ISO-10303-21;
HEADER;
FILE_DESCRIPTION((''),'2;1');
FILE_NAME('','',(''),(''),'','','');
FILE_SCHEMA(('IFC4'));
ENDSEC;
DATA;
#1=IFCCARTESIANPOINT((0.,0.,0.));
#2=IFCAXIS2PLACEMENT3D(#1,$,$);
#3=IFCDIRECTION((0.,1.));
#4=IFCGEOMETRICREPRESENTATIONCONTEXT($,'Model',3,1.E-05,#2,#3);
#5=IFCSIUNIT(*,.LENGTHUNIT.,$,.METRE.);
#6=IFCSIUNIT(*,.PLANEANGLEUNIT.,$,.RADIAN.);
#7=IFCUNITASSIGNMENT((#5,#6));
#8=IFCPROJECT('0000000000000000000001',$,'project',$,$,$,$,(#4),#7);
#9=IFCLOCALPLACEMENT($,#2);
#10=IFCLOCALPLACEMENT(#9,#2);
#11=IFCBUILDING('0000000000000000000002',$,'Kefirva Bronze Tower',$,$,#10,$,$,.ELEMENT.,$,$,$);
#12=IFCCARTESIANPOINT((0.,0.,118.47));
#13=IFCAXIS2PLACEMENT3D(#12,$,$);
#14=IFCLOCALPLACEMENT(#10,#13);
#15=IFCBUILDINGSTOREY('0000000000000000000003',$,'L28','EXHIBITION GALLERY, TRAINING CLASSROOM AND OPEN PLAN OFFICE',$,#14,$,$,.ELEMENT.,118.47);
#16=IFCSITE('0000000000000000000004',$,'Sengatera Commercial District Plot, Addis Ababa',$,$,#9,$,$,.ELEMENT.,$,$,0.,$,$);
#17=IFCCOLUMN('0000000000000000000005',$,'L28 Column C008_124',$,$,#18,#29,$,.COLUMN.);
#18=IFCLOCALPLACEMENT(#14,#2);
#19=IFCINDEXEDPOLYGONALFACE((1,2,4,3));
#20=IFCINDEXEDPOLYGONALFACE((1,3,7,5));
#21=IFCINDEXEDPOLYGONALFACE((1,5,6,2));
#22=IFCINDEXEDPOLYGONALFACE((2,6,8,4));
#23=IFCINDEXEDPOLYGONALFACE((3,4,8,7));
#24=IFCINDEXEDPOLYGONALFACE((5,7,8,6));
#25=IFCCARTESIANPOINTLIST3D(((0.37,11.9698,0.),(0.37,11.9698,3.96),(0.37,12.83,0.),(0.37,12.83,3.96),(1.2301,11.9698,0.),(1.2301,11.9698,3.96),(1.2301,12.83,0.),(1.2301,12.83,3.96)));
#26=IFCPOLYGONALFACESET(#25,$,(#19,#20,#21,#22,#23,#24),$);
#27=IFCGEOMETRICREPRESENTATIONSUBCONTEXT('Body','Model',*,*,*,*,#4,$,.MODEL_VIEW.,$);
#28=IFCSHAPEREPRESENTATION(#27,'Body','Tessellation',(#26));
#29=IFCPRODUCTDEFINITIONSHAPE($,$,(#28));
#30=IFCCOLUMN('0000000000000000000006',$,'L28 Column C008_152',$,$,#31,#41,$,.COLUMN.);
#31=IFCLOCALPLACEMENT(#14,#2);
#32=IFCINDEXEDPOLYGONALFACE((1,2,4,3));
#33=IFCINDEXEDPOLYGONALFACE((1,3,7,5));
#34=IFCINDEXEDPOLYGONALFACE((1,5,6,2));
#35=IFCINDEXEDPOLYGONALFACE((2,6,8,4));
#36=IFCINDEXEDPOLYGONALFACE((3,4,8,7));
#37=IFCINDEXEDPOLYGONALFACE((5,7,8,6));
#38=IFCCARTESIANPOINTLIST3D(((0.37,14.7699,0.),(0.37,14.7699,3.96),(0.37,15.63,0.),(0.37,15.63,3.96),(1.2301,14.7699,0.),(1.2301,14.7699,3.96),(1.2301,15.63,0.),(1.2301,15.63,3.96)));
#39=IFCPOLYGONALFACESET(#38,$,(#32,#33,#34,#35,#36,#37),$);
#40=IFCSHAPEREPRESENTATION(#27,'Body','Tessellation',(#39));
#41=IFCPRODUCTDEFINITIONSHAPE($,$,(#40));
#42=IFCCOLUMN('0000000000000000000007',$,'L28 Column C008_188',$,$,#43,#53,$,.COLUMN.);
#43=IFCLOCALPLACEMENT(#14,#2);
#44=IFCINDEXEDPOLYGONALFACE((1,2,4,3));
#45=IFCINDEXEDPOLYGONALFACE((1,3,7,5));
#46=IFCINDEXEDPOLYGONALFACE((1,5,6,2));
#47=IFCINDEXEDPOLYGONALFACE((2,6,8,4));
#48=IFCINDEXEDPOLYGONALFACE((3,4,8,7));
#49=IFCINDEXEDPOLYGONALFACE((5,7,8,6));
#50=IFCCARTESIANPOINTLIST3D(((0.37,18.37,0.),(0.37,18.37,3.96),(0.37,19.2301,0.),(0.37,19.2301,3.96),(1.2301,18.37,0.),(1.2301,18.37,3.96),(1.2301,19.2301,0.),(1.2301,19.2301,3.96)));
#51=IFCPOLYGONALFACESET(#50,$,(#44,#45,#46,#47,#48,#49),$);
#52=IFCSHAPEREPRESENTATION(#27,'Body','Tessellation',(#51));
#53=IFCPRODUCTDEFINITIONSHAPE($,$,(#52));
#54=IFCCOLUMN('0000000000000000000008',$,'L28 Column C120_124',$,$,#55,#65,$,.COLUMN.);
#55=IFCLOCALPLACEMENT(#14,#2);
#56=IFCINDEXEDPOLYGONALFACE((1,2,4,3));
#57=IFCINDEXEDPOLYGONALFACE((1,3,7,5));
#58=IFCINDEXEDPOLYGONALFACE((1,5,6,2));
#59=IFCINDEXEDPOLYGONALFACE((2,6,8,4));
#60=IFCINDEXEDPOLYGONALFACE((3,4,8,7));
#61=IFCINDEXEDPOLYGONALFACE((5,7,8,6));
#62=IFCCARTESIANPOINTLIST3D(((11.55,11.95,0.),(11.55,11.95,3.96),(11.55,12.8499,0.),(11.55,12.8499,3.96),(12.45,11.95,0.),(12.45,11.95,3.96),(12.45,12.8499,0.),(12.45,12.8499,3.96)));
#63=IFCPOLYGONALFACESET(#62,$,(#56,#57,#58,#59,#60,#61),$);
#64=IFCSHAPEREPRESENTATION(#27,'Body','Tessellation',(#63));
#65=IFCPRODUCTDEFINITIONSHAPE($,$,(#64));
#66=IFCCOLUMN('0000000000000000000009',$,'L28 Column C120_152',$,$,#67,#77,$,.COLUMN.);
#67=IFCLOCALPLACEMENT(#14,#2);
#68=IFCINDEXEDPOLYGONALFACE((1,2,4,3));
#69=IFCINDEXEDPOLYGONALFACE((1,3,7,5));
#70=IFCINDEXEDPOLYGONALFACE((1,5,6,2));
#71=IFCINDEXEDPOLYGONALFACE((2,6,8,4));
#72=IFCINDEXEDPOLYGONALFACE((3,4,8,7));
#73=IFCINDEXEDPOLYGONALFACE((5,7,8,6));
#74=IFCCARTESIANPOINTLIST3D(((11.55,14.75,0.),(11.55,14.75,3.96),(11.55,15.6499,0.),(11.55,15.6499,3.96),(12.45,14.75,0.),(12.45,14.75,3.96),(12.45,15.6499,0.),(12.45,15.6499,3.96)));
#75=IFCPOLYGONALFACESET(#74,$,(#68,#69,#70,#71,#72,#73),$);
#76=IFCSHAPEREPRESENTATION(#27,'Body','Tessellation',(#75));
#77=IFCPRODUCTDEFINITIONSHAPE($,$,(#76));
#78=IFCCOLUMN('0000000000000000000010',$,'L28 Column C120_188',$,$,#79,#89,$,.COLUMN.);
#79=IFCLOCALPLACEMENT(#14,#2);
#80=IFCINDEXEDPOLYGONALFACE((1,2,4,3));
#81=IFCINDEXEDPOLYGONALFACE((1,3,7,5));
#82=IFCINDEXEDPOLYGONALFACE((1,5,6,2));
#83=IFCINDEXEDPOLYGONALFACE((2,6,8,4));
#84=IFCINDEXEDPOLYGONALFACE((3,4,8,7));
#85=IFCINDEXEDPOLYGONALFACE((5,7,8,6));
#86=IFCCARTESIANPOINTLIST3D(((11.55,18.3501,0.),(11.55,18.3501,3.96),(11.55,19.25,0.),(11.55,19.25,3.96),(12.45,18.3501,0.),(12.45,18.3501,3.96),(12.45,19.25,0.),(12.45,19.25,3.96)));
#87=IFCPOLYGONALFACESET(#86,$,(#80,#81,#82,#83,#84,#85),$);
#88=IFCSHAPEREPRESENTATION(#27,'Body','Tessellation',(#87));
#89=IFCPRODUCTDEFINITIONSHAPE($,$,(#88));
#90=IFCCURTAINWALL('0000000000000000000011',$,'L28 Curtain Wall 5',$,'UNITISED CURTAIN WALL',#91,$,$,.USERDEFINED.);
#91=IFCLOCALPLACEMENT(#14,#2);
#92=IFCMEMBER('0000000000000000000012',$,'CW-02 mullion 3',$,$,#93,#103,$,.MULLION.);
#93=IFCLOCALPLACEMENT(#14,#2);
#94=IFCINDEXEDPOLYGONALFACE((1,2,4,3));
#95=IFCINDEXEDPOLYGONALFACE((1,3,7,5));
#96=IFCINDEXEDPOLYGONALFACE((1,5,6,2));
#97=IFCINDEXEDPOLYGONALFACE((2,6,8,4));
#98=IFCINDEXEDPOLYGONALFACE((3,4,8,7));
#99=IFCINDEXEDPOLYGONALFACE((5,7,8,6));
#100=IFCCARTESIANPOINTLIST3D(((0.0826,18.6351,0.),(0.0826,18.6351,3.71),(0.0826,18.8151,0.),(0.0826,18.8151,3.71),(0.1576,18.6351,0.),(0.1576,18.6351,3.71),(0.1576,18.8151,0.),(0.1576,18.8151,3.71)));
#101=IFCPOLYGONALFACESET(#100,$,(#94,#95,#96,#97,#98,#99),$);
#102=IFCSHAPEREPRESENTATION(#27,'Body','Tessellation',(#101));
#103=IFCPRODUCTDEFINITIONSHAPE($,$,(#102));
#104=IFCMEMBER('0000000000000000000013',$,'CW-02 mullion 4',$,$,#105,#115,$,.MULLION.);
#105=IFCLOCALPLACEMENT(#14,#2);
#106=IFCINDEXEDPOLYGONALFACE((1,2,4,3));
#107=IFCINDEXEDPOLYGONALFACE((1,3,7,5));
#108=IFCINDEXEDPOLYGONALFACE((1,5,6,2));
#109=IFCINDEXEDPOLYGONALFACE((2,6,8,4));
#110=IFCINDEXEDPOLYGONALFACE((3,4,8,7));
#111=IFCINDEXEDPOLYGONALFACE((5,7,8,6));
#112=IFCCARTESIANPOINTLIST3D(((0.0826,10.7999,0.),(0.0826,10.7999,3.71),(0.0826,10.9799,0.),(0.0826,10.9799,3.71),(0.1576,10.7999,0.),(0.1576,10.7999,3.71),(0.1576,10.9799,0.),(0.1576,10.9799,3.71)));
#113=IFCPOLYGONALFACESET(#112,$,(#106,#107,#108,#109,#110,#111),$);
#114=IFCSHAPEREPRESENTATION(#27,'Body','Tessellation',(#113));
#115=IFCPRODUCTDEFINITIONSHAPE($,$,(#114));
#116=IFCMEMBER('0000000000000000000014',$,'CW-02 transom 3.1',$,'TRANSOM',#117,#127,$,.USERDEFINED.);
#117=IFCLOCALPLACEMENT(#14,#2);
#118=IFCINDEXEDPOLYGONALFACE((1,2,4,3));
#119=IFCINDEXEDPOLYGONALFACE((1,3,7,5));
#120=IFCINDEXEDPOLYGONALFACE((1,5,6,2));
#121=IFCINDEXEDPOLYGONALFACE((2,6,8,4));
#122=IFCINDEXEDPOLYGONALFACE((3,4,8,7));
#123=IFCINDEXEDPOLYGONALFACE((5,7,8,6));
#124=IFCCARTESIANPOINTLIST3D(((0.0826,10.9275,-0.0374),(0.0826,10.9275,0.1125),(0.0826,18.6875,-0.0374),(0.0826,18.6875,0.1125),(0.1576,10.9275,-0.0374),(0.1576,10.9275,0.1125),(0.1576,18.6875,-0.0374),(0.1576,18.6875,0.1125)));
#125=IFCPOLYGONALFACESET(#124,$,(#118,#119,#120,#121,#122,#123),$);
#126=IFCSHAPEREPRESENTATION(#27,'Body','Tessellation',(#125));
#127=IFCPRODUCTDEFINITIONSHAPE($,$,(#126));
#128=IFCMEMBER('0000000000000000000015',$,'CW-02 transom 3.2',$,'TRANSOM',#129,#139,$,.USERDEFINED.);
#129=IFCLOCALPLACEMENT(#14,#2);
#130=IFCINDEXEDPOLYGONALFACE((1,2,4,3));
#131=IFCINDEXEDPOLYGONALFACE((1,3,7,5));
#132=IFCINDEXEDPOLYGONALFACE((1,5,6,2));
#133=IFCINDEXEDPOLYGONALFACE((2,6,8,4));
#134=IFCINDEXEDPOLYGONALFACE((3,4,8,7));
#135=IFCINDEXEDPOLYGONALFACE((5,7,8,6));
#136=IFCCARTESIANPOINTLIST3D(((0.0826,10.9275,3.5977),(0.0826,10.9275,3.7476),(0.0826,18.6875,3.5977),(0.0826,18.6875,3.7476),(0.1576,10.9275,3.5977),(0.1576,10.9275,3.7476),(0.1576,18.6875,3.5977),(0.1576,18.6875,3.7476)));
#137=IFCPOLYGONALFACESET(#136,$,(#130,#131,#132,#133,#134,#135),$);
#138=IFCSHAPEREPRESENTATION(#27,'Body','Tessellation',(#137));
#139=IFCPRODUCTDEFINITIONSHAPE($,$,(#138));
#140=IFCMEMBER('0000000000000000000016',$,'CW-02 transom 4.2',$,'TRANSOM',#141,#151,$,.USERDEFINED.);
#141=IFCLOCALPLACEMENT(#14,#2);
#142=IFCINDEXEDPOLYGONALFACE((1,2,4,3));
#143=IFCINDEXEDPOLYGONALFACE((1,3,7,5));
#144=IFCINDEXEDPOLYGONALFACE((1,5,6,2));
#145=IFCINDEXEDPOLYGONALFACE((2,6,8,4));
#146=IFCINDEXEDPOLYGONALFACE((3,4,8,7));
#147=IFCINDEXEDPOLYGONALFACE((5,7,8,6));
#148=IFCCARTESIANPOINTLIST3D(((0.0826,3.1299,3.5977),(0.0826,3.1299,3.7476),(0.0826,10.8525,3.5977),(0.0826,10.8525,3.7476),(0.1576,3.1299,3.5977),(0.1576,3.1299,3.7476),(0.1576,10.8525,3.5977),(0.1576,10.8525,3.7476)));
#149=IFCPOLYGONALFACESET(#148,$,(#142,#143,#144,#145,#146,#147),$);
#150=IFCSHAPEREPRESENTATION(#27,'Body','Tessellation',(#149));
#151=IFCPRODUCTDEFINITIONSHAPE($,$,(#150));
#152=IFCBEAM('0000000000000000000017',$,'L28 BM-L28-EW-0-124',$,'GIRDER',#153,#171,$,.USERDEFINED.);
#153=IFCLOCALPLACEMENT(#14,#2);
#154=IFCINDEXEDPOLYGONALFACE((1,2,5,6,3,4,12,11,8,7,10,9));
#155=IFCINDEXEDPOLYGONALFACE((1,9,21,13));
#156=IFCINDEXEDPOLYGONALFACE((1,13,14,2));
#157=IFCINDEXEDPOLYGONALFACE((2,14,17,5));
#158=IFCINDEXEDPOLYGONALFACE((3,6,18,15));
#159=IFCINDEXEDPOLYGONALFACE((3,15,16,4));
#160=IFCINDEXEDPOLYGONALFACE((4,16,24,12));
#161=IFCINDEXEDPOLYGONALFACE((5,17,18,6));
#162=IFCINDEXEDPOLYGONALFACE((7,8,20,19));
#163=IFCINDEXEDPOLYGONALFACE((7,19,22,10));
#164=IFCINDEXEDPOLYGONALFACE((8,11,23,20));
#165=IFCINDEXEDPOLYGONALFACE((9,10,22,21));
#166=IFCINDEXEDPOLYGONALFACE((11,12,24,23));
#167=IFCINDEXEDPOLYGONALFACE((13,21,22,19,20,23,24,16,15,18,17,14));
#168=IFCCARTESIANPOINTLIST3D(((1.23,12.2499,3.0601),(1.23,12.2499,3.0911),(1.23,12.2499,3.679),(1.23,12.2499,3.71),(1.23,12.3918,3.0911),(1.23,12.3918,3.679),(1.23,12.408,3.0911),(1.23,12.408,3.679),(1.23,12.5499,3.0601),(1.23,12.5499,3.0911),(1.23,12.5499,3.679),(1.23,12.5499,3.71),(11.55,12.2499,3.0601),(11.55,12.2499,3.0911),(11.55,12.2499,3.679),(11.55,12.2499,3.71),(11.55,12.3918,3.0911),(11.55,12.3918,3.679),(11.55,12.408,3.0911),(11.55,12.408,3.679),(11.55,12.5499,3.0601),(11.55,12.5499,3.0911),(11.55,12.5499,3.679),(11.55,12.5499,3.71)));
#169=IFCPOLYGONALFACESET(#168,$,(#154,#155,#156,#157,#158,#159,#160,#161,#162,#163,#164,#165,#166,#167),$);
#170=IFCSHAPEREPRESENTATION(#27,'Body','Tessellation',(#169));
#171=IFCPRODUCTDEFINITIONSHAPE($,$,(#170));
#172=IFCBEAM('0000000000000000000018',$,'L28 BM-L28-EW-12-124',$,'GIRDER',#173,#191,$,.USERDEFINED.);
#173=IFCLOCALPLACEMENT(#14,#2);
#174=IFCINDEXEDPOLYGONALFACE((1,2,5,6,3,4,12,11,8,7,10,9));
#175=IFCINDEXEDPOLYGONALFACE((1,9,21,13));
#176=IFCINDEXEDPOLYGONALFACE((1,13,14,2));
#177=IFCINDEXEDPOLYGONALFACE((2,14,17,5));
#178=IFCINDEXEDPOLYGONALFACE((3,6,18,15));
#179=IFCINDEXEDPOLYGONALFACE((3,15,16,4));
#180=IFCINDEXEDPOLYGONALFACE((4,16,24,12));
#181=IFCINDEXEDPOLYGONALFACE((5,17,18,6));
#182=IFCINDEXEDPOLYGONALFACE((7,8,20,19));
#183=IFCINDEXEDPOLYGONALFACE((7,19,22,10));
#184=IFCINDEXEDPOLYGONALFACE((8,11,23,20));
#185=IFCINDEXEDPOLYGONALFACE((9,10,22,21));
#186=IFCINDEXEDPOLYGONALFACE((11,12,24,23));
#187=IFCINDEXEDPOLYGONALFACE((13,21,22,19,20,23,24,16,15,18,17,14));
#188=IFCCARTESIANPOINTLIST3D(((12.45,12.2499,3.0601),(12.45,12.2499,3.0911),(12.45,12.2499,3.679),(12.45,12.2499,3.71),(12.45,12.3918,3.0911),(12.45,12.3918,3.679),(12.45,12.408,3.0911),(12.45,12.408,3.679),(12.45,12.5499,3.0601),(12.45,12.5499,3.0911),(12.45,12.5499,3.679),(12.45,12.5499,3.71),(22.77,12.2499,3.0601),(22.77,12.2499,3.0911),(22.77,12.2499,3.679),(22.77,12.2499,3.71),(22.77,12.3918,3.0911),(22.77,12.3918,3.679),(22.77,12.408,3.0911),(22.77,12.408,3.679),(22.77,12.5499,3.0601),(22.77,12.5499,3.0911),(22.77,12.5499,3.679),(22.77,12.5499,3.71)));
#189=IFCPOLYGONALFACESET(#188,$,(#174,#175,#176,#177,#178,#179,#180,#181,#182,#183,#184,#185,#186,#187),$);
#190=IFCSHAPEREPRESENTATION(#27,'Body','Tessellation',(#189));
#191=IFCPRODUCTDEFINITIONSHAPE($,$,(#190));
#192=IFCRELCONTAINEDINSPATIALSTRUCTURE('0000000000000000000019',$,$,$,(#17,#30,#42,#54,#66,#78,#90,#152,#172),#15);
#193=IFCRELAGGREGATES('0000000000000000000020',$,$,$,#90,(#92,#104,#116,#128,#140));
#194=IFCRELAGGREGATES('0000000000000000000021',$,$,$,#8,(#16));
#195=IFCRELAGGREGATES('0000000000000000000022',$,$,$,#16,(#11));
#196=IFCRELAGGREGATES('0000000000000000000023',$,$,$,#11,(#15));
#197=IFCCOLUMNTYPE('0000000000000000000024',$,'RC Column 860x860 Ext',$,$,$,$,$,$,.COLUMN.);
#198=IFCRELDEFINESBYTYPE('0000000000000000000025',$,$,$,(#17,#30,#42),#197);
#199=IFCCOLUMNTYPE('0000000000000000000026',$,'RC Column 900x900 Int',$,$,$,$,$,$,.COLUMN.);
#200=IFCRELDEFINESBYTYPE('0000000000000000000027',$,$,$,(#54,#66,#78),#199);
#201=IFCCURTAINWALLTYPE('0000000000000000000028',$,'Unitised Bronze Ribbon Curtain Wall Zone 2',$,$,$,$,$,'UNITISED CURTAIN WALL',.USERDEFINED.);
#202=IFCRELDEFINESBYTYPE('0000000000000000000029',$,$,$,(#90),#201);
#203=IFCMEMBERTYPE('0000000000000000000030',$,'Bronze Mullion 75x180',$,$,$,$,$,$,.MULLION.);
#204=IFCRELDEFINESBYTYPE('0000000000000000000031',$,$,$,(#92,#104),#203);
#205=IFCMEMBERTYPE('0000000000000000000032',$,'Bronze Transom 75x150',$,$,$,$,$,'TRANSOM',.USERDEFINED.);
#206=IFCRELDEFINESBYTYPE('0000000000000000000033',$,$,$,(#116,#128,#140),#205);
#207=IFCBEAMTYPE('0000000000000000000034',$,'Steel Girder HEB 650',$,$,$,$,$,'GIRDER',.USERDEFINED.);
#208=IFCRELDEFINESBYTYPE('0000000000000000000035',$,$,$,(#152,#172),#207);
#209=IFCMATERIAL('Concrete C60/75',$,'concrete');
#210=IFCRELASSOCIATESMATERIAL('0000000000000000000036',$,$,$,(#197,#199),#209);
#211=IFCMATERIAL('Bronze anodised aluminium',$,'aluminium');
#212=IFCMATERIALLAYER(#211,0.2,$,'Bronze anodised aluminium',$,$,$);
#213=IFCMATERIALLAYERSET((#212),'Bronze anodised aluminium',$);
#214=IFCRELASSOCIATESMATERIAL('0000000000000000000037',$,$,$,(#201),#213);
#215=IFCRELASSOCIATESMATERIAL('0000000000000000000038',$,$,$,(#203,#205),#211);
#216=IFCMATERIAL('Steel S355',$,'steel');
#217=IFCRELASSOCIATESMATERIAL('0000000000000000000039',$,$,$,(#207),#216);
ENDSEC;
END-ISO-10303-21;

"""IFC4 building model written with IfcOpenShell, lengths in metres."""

from ifc_helpers import new_model, si_unit, direction, frame, origin, origin_2d, place, context, subcontext, project, spatial, rectangle, i_section, extrude, material, layer, layer_set, material_profile, profile_set, type_object, element, aggregate, save


model = new_model("IFC4")

# Units and contexts
model_context = context("Model", 3, precision=1e-05, world=origin(), true_north=direction((0.0, 1.0)))
body_context = subcontext(model_context, "Body", "Model", "MODEL_VIEW")
ifc_project = project(units=[si_unit("LENGTHUNIT", "METRE"), si_unit("PLANEANGLEUNIT", "RADIAN")], contexts=[model_context])

# Site, building, storey
site_placement = place(None, origin())
site = spatial("IfcSite", under=ifc_project, at=site_placement, Name="Sengatera Commercial District Plot, Addis Ababa", CompositionType="ELEMENT", RefElevation=0.0)
building_placement = place(site_placement, origin())
building = spatial("IfcBuilding", under=site, at=building_placement, Name="Kefirva Bronze Tower", CompositionType="ELEMENT")
storey_placement = place(building_placement, frame((0.0, 0.0, 118.47)))
storey = spatial("IfcBuildingStorey", under=building, at=storey_placement, Name="L28", Description="EXHIBITION GALLERY, TRAINING CLASSROOM AND OPEN PLAN OFFICE", CompositionType="ELEMENT", Elevation=118.47)

# Columns
ifc_material_1 = material(Name="Concrete C60/75", Category="concrete")
ifc_material_profile_1 = material_profile(ifc_material_1, rectangle(XDim=0.8601, YDim=0.8601, at=origin_2d()), Name="RC 860x860")
ifc_profile_set_1 = profile_set([ifc_material_profile_1], Name="Concrete C60/75")
column_type_1 = type_object("IfcColumnType", Name="RC Column 860x860 Ext", PredefinedType="COLUMN", material=ifc_profile_set_1)
for number, where, z_axis, x_axis, name in (
    (1, (0.8, 12.3999, 0.0), (0.0, 0.0, 1.0), (1.0, 0.0, 0.0), "L28 Column C008_124"),
    (2, (0.8, 15.2, 0.0), (0.0, 0.0, 1.0), (1.0, 0.0, 0.0), "L28 Column C008_152"),
    (3, (0.8, 18.8, 0.0), (0.0, 0.0, 1.0), (1.0, 0.0, 0.0), "L28 Column C008_188"),
):
    element("IfcColumn", number, at=place(storey_placement, frame(where, z_axis=z_axis, x_axis=x_axis)), inside=storey, type_object=column_type_1, Name=name, PredefinedType="COLUMN", context=body_context, shape_type="SweptSolid", body=[
        extrude(rectangle(XDim=0.8601, YDim=0.8601, at=origin_2d()), origin(), (0.0, 0.0, 1.0), 3.96),
    ])
ifc_material_profile_2 = material_profile(ifc_material_1, rectangle(XDim=0.8999, YDim=0.8999, at=origin_2d()), Name="RC 900x900")
ifc_profile_set_2 = profile_set([ifc_material_profile_2], Name="Concrete C60/75")
column_type_2 = type_object("IfcColumnType", Name="RC Column 900x900 Int", PredefinedType="COLUMN", material=ifc_profile_set_2)
for number, where, z_axis, x_axis, name in (
    (4, (12.0, 12.3999, 0.0), (0.0, 0.0, 1.0), (1.0, 0.0, 0.0), "L28 Column C120_124"),
    (5, (12.0, 15.2, 0.0), (0.0, 0.0, 1.0), (1.0, 0.0, 0.0), "L28 Column C120_152"),
    (6, (12.0, 18.8, 0.0), (0.0, 0.0, 1.0), (1.0, 0.0, 0.0), "L28 Column C120_188"),
):
    element("IfcColumn", number, at=place(storey_placement, frame(where, z_axis=z_axis, x_axis=x_axis)), inside=storey, type_object=column_type_2, Name=name, PredefinedType="COLUMN", context=body_context, shape_type="SweptSolid", body=[
        extrude(rectangle(XDim=0.8999, YDim=0.8999, at=origin_2d()), origin(), (0.0, 0.0, 1.0), 3.96),
    ])

# Curtain wall, members
ifc_material_2 = material(Name="Bronze anodised aluminium", Category="aluminium")
ifc_layer_1 = layer(ifc_material_2, 0.2, Name="Bronze anodised aluminium")
ifc_layer_set_1 = layer_set([ifc_layer_1], Name="Bronze anodised aluminium")
curtain_wall_type = type_object("IfcCurtainWallType", Name="Unitised Bronze Ribbon Curtain Wall Zone 2", ElementType="UNITISED CURTAIN WALL", PredefinedType="USERDEFINED", material=ifc_layer_set_1)
curtain_wall_placement = place(storey_placement, origin())
curtain_wall = element("IfcCurtainWall", 7, at=curtain_wall_placement, inside=storey, type_object=curtain_wall_type, Name="L28 Curtain Wall 5", ObjectType="UNITISED CURTAIN WALL", PredefinedType="USERDEFINED")
ifc_material_profile_3 = material_profile(ifc_material_2, rectangle(XDim=0.075, YDim=0.1799, at=origin_2d()), Name="ALU 75x180")
ifc_profile_set_3 = profile_set([ifc_material_profile_3], Name="Bronze anodised aluminium")
member_type_1 = type_object("IfcMemberType", Name="Bronze Mullion 75x180", PredefinedType="MULLION", material=ifc_profile_set_3)
member_1_placement = place(storey_placement, frame((0.1201, 18.7251, 0.0), z_axis=(0.0, 0.0, 1.0), x_axis=(1.0, 0.0, 0.0)))
member_1 = element("IfcMember", 8, at=member_1_placement, type_object=member_type_1, Name="CW-02 mullion 3", PredefinedType="MULLION", context=body_context, shape_type="SweptSolid", body=[
    extrude(rectangle(XDim=0.075, YDim=0.1799, at=origin_2d()), origin(), (0.0, 0.0, 1.0), 3.71),
])
member_2_placement = place(storey_placement, frame((0.1201, 10.8899, 0.0), z_axis=(0.0, 0.0, 1.0), x_axis=(1.0, 0.0, 0.0)))
member_2 = element("IfcMember", 9, at=member_2_placement, type_object=member_type_1, Name="CW-02 mullion 4", PredefinedType="MULLION", context=body_context, shape_type="SweptSolid", body=[
    extrude(rectangle(XDim=0.075, YDim=0.1799, at=origin_2d()), origin(), (0.0, 0.0, 1.0), 3.71),
])
ifc_material_profile_4 = material_profile(ifc_material_2, rectangle(XDim=0.075, YDim=0.1499, at=origin_2d()), Name="ALU 75x150")
ifc_profile_set_4 = profile_set([ifc_material_profile_4], Name="Bronze anodised aluminium")
member_type_2 = type_object("IfcMemberType", Name="Bronze Transom 75x150", ElementType="TRANSOM", PredefinedType="USERDEFINED", material=ifc_profile_set_4)
member_3_placement = place(storey_placement, frame((0.1201, 18.6875, 0.0376), z_axis=(0.0, -1.0, 0.0), x_axis=(1.0, 0.0, 0.0)))
member_3 = element("IfcMember", 10, at=member_3_placement, type_object=member_type_2, Name="CW-02 transom 3.1", ObjectType="TRANSOM", PredefinedType="USERDEFINED", context=body_context, shape_type="SweptSolid", body=[
    extrude(rectangle(XDim=0.075, YDim=0.1499, at=origin_2d()), origin(), (0.0, 0.0, 1.0), 7.76),
])
member_4_placement = place(storey_placement, frame((0.1201, 18.6875, 3.6726), z_axis=(0.0, -1.0, 0.0), x_axis=(1.0, 0.0, 0.0)))
member_4 = element("IfcMember", 11, at=member_4_placement, type_object=member_type_2, Name="CW-02 transom 3.2", ObjectType="TRANSOM", PredefinedType="USERDEFINED", context=body_context, shape_type="SweptSolid", body=[
    extrude(rectangle(XDim=0.075, YDim=0.1499, at=origin_2d()), origin(), (0.0, 0.0, 1.0), 7.76),
])
member_5_placement = place(storey_placement, frame((0.1201, 10.8525, 3.6726), z_axis=(0.0, -1.0, 0.0), x_axis=(1.0, 0.0, 0.0)))
member_5 = element("IfcMember", 12, at=member_5_placement, type_object=member_type_2, Name="CW-02 transom 4.2", ObjectType="TRANSOM", PredefinedType="USERDEFINED", context=body_context, shape_type="SweptSolid", body=[
    extrude(rectangle(XDim=0.075, YDim=0.1499, at=origin_2d()), origin(), (0.0, 0.0, 1.0), 7.7227),
])

# Beams
ifc_material_3 = material(Name="Steel S355", Category="steel")
ifc_material_profile_5 = material_profile(ifc_material_3, i_section(OverallWidth=0.3, OverallDepth=0.6499, WebThickness=0.0161, FlangeThickness=0.031, at=origin_2d()), Name="HEB 650")
ifc_profile_set_5 = profile_set([ifc_material_profile_5], Name="Steel S355")
beam_type_1 = type_object("IfcBeamType", Name="Steel Girder HEB 650", ElementType="GIRDER", PredefinedType="USERDEFINED", material=ifc_profile_set_5)
for number, where, z_axis, x_axis, name in (
    (13, (1.23, 12.3999, 3.385), (1.0, 0.0, 0.0), (0.0, 1.0, 0.0), "L28 BM-L28-EW-0-124"),
    (14, (12.45, 12.3999, 3.385), (1.0, 0.0, 0.0), (0.0, 1.0, 0.0), "L28 BM-L28-EW-12-124"),
):
    element("IfcBeam", number, at=place(storey_placement, frame(where, z_axis=z_axis, x_axis=x_axis)), inside=storey, type_object=beam_type_1, Name=name, ObjectType="GIRDER", PredefinedType="USERDEFINED", context=body_context, shape_type="SweptSolid", body=[
        extrude(i_section(OverallWidth=0.3, OverallDepth=0.6499, WebThickness=0.0161, FlangeThickness=0.031, at=origin_2d()), origin(), (0.0, 0.0, 1.0), 10.3201),
    ])

aggregate(curtain_wall, [member_1, member_2, member_3, member_4, member_5])

save(model, "model.ifc")
